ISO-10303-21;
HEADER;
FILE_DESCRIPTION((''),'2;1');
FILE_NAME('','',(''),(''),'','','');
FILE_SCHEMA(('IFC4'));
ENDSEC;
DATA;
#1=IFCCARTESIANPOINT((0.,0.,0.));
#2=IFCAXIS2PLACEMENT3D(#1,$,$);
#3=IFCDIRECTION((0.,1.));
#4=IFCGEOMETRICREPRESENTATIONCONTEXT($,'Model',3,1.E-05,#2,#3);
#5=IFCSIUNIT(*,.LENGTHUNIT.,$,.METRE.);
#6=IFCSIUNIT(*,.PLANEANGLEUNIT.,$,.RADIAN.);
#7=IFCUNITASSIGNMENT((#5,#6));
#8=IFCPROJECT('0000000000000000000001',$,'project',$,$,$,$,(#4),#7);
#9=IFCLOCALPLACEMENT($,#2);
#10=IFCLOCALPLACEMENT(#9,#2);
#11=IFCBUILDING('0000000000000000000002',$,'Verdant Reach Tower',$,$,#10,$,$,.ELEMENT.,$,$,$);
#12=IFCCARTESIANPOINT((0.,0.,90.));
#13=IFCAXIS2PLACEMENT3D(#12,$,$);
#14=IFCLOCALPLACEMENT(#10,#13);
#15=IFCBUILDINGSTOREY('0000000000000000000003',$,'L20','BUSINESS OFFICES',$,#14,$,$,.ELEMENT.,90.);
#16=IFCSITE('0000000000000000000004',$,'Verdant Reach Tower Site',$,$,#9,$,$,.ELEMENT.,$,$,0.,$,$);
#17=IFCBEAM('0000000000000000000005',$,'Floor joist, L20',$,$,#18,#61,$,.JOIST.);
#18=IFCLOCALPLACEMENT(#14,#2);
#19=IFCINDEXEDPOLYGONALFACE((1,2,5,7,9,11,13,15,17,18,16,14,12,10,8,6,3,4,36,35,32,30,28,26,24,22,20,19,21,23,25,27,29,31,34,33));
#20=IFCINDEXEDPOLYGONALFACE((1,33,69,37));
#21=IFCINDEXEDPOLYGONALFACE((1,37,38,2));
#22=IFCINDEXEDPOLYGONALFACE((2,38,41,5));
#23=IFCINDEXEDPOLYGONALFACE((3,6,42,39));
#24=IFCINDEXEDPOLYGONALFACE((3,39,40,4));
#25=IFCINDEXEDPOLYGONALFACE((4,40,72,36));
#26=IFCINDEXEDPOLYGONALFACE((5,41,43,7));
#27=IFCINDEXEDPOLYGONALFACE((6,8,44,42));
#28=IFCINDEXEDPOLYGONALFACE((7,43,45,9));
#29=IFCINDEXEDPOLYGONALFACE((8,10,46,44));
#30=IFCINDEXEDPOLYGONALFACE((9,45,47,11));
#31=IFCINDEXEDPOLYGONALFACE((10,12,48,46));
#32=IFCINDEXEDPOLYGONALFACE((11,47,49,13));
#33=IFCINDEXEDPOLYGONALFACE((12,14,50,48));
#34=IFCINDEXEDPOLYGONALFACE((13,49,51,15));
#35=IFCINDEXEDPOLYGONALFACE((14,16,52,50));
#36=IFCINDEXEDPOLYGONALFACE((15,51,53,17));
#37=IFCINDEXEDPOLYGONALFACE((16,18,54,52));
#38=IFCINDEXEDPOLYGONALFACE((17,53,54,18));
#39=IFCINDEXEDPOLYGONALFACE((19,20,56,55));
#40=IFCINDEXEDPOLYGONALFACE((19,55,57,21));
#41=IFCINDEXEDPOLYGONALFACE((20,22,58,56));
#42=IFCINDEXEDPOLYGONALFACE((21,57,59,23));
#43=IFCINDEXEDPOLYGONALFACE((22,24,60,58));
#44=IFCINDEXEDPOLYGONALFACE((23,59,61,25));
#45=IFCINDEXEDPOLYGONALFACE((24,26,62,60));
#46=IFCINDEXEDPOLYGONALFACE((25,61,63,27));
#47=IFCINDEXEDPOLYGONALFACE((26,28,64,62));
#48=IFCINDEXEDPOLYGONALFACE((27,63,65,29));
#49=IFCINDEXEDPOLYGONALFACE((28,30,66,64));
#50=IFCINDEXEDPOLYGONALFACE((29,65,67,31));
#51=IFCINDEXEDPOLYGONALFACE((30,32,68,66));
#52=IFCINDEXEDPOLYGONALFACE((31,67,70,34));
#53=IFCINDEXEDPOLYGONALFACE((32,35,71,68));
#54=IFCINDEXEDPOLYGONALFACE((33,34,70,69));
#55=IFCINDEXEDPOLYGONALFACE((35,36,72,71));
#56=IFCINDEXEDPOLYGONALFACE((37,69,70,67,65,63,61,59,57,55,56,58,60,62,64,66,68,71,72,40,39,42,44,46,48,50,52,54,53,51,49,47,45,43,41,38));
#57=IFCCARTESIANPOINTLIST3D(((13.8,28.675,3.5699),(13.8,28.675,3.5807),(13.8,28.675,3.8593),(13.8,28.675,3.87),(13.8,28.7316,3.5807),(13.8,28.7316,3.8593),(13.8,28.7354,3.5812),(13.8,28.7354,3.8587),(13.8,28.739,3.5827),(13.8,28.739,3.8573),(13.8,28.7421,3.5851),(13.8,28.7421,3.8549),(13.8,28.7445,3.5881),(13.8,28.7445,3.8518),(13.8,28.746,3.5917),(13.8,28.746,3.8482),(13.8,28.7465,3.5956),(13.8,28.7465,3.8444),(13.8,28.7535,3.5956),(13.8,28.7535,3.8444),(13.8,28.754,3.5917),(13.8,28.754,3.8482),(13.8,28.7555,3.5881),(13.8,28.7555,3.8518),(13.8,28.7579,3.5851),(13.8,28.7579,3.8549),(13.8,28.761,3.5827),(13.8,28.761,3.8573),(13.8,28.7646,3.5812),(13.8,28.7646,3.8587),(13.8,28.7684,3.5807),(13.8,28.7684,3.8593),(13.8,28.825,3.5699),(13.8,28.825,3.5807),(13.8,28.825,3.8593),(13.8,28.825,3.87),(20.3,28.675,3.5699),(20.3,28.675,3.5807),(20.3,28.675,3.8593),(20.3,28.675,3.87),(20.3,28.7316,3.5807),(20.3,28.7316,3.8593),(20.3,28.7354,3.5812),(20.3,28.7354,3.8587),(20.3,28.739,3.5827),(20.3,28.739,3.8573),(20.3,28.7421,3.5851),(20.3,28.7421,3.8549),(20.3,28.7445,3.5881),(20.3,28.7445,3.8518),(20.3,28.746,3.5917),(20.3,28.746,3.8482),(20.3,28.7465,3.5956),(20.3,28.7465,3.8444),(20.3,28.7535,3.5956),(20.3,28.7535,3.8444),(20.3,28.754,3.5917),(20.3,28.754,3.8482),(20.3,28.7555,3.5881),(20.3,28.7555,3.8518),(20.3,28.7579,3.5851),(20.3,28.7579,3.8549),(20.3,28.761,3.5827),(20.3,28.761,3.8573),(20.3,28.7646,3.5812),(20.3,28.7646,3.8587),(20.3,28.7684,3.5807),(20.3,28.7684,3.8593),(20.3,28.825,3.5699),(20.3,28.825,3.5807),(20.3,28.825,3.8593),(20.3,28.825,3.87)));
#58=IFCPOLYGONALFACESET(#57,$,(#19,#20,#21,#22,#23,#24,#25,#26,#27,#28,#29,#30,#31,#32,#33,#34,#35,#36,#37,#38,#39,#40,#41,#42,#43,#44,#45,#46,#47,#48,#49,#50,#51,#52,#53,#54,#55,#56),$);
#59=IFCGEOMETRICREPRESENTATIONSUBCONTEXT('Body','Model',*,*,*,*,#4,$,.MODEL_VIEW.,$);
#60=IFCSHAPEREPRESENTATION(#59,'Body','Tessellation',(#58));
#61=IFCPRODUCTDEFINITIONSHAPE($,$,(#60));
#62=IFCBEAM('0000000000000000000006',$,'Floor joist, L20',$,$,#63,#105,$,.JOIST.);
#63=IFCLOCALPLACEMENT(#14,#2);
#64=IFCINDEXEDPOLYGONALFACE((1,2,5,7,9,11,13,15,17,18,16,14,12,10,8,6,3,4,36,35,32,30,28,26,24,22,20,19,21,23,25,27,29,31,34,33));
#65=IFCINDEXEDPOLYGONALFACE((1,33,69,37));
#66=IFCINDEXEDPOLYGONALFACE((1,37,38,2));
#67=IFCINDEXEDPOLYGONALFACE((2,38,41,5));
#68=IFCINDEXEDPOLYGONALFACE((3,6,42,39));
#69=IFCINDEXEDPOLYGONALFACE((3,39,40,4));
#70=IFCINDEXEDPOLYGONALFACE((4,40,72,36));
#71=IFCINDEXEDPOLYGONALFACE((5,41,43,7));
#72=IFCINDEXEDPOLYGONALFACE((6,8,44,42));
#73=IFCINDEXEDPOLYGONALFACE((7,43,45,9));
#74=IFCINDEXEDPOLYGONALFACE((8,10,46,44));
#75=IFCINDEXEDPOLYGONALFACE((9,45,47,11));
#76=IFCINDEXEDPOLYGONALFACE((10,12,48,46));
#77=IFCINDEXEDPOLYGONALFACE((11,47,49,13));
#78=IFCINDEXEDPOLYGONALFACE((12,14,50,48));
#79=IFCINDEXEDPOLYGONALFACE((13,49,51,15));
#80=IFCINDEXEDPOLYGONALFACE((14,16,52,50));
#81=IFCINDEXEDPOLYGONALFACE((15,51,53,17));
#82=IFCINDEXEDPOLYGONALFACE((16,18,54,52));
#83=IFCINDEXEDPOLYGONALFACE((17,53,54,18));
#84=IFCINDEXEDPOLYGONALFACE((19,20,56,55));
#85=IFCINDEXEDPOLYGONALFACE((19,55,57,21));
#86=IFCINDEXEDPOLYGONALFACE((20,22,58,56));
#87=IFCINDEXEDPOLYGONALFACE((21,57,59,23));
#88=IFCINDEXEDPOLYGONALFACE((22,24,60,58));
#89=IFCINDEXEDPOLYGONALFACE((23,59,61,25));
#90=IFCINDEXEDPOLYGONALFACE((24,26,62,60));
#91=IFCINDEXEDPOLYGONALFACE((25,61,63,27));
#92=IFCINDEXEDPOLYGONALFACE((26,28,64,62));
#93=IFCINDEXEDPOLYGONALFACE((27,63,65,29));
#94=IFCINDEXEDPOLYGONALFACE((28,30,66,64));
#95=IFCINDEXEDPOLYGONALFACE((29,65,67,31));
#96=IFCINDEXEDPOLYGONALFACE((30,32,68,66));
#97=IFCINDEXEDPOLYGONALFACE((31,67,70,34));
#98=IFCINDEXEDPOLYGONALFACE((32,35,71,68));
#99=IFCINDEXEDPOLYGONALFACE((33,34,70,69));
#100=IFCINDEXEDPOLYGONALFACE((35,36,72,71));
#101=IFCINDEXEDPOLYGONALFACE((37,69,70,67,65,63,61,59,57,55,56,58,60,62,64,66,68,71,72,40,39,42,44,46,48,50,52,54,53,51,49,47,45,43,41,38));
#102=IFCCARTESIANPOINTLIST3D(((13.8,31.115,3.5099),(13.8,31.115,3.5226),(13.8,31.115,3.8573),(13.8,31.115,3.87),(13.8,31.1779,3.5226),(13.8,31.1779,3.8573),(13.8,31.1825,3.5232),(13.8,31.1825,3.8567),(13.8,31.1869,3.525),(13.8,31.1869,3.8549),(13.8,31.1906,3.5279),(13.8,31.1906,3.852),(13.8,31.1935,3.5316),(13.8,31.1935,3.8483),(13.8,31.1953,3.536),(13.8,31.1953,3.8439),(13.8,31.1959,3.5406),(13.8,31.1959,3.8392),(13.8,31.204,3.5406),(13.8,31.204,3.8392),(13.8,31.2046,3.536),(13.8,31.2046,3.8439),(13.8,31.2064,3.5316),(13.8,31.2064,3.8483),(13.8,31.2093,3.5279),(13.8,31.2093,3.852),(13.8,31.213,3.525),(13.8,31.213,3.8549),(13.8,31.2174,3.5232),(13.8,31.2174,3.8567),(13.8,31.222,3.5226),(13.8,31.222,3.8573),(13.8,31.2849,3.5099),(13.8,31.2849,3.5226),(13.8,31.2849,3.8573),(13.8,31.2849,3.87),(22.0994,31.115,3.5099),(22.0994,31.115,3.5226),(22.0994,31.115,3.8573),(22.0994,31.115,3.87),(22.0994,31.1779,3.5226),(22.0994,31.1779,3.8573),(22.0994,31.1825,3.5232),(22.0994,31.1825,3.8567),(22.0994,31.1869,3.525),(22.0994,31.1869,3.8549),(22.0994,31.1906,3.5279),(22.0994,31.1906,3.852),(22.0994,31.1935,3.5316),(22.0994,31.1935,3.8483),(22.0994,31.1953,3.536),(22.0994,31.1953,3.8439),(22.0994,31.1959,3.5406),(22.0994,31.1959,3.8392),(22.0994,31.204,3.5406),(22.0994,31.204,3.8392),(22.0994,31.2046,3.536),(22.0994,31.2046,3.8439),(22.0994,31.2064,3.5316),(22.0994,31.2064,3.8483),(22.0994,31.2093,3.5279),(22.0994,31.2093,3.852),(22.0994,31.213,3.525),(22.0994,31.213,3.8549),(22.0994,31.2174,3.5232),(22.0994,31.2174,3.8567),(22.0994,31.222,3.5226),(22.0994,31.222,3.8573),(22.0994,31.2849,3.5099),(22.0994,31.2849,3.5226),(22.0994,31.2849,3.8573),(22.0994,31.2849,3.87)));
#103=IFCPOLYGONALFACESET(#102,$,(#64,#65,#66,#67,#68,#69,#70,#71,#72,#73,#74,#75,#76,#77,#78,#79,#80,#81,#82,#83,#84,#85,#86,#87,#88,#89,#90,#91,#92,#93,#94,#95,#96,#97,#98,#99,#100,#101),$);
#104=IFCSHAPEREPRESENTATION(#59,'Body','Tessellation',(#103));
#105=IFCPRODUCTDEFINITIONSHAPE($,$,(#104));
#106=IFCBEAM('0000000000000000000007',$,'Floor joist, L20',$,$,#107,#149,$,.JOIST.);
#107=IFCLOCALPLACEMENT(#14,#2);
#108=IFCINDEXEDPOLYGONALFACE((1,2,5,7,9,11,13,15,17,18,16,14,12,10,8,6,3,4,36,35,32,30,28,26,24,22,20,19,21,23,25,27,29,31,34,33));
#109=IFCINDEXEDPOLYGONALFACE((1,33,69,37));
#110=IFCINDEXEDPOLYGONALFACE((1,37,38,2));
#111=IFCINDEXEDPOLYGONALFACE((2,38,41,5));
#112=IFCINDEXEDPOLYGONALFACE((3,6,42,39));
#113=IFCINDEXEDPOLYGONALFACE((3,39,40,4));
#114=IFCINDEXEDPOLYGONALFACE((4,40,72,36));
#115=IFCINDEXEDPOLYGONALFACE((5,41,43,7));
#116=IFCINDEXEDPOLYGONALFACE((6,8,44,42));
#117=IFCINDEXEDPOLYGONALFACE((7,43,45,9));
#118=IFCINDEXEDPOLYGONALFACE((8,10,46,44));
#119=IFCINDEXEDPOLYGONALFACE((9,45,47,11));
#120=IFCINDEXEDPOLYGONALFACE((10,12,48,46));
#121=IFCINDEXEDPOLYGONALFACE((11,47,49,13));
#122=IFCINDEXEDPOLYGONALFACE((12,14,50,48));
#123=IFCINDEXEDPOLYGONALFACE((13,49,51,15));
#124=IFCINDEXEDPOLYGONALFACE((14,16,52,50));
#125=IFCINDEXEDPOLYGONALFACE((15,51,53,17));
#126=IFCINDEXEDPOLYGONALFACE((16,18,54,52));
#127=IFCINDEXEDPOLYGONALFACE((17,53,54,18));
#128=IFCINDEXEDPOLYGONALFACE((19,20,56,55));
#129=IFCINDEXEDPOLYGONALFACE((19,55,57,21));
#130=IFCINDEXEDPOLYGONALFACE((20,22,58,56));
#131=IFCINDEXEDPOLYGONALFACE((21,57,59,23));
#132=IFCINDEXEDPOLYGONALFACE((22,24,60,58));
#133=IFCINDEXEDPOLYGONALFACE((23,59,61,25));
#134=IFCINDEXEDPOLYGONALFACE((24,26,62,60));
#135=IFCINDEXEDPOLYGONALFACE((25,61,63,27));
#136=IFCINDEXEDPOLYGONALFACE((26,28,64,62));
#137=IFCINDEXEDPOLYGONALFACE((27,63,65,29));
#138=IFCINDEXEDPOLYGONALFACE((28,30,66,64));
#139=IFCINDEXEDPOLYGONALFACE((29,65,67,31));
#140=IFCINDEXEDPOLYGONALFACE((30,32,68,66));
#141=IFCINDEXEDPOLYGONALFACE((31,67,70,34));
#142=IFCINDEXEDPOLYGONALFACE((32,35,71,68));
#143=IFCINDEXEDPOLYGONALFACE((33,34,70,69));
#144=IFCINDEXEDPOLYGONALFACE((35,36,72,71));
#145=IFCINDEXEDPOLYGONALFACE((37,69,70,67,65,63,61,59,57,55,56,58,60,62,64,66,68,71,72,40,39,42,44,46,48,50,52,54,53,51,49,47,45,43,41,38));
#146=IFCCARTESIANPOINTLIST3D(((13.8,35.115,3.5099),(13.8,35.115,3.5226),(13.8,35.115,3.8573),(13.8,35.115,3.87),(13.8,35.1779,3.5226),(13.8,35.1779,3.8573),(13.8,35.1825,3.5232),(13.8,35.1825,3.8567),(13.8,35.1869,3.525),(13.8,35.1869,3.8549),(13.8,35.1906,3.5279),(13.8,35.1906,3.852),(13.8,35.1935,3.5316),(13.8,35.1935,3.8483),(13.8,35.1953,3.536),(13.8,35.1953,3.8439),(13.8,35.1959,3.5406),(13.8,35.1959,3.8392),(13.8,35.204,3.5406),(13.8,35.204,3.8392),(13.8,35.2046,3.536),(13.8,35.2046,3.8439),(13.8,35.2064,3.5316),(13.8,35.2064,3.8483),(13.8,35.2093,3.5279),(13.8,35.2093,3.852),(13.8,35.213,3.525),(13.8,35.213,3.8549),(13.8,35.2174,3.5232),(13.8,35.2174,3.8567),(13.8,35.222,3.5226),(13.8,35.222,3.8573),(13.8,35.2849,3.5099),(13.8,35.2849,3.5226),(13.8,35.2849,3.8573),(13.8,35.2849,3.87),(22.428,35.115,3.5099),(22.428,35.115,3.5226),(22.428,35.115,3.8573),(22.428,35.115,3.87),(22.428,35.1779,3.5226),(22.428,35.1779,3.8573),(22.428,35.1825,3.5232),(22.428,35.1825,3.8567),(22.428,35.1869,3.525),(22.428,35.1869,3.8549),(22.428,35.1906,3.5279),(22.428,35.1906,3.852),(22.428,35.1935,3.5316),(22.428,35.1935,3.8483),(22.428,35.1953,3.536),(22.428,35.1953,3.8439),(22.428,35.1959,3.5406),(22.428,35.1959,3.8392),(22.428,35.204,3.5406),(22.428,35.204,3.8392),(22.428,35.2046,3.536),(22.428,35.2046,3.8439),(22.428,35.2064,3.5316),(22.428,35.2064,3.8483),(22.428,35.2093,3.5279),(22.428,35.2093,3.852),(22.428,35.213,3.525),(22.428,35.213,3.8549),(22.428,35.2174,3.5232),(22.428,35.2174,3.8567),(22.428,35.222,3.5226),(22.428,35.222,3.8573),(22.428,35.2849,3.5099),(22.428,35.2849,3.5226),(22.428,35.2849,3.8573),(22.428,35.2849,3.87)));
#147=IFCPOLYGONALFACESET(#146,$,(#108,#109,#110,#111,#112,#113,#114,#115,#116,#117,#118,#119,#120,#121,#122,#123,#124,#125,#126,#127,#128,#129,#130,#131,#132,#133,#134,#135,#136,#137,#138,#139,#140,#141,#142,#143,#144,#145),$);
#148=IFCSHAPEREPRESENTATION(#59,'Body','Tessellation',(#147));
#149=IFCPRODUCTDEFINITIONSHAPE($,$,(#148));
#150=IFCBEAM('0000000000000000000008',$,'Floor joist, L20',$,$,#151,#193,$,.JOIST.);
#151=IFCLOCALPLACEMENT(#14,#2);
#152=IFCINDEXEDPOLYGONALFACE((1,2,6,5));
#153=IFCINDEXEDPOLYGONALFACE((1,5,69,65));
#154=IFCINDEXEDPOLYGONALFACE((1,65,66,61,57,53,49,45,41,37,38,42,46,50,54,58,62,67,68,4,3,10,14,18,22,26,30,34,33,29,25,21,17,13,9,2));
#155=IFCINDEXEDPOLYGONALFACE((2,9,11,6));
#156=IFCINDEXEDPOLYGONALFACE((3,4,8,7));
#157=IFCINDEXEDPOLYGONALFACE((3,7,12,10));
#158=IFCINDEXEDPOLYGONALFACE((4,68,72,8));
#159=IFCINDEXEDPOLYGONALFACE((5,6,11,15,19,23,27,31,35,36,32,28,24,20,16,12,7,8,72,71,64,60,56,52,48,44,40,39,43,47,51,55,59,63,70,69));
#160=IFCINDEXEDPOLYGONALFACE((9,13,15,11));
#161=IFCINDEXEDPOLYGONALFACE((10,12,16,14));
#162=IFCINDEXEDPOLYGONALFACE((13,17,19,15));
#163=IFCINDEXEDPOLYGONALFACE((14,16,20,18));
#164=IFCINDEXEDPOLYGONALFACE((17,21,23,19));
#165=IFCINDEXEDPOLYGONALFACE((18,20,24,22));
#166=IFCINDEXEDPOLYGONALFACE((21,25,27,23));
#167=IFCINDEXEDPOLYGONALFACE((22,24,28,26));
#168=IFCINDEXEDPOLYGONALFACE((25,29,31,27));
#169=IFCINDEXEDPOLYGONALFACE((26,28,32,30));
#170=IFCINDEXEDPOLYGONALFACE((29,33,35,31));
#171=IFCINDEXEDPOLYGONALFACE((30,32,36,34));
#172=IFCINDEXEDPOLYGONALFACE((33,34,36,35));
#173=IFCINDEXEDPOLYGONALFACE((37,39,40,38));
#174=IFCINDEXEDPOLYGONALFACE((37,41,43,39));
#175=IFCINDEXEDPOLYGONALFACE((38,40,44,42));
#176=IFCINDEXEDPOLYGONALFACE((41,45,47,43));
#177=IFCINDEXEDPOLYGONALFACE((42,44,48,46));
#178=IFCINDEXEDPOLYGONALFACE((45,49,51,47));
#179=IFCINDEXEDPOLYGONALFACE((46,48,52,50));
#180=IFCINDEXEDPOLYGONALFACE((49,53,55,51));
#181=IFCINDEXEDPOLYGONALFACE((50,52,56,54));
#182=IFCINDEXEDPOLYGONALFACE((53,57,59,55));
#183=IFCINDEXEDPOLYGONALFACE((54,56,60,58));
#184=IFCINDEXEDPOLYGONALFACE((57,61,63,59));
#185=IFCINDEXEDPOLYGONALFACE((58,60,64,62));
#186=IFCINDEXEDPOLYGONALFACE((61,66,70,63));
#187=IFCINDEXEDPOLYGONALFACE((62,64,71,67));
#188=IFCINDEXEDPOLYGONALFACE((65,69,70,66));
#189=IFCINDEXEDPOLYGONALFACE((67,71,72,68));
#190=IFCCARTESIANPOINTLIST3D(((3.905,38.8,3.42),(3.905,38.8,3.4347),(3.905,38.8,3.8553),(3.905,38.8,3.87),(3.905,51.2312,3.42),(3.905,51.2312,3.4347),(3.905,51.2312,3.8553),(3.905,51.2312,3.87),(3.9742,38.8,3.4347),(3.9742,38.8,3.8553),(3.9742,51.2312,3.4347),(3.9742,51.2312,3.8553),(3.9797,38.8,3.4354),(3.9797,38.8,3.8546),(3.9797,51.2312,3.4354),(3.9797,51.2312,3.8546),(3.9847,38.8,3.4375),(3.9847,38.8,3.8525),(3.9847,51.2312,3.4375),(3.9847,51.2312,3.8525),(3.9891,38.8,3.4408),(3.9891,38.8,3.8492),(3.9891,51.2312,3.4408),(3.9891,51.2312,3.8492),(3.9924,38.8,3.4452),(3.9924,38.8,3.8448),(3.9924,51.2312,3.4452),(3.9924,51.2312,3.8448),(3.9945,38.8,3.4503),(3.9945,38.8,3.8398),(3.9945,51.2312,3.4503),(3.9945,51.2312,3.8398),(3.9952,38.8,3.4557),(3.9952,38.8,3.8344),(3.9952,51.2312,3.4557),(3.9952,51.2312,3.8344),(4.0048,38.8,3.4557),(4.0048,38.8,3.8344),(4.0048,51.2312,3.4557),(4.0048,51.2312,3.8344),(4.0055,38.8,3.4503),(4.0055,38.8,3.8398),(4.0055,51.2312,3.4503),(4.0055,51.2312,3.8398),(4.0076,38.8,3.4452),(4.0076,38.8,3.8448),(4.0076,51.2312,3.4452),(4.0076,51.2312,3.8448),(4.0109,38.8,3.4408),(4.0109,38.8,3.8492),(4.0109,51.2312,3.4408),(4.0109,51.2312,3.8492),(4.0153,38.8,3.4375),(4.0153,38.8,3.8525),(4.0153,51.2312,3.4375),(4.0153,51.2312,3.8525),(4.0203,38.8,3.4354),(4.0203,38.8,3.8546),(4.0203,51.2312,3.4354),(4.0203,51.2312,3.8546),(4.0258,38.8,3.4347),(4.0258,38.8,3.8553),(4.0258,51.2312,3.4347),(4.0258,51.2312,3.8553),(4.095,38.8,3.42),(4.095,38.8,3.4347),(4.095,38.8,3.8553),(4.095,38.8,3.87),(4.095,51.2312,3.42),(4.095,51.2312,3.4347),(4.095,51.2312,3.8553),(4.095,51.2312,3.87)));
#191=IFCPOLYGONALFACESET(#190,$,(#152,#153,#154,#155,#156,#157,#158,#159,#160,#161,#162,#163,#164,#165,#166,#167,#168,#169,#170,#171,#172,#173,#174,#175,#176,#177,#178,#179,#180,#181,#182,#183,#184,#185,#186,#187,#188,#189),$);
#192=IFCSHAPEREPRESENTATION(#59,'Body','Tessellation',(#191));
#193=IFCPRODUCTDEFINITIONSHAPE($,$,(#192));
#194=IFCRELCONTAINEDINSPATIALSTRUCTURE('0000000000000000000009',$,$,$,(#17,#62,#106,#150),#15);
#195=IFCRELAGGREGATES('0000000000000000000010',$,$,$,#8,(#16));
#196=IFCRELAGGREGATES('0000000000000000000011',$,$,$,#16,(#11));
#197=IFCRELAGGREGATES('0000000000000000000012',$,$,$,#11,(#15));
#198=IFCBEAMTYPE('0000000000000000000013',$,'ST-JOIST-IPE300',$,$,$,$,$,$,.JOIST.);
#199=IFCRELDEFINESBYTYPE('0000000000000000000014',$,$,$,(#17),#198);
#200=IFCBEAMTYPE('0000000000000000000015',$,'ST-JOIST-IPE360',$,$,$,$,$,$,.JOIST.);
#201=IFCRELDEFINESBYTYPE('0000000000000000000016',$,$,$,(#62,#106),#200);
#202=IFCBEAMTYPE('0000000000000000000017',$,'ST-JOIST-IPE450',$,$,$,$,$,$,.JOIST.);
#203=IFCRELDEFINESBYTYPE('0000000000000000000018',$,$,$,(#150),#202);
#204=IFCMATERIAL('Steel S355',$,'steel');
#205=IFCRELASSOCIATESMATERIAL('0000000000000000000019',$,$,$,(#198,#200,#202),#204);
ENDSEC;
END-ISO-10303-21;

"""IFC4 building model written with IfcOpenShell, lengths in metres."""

from ifc_helpers import new_model, si_unit, direction, frame, origin, origin_2d, place, context, subcontext, project, spatial, i_section, extrude, material, material_profile, profile_set, type_object, element, save


model = new_model("IFC4")

# Units and contexts
model_context = context("Model", 3, precision=1e-05, world=origin(), true_north=direction((0.0, 1.0)))
body_context = subcontext(model_context, "Body", "Model", "MODEL_VIEW")
ifc_project = project(units=[si_unit("LENGTHUNIT", "METRE"), si_unit("PLANEANGLEUNIT", "RADIAN")], contexts=[model_context])

# Site, building, storey
site_placement = place(None, origin())
site = spatial("IfcSite", under=ifc_project, at=site_placement, Name="Verdant Reach Tower Site", CompositionType="ELEMENT", RefElevation=0.0)
building_placement = place(site_placement, origin())
building = spatial("IfcBuilding", under=site, at=building_placement, Name="Verdant Reach Tower", CompositionType="ELEMENT")
storey_placement = place(building_placement, frame((0.0, 0.0, 90.0)))
storey = spatial("IfcBuildingStorey", under=building, at=storey_placement, Name="L20", Description="BUSINESS OFFICES", CompositionType="ELEMENT", Elevation=90.0)

# Beams
ifc_material_1 = material(Name="Steel S355", Category="steel")
ifc_material_profile_1 = material_profile(ifc_material_1, i_section(OverallWidth=0.1499, OverallDepth=0.3, WebThickness=0.0071, FlangeThickness=0.0107, FilletRadius=0.0149, at=origin_2d()), Name="IPE 300")
ifc_profile_set_1 = profile_set([ifc_material_profile_1], Name="Steel S355")
beam_type_1 = type_object("IfcBeamType", Name="ST-JOIST-IPE300", PredefinedType="JOIST", material=ifc_profile_set_1)
beam_1_placement = place(storey_placement, frame((13.8, 28.75, 3.72), z_axis=(1.0, 0.0, 0.0), x_axis=(0.0, 1.0, 0.0)))
element("IfcBeam", 1, at=beam_1_placement, inside=storey, type_object=beam_type_1, Name="Floor joist, L20", PredefinedType="JOIST", context=body_context, shape_type="SweptSolid", body=[
    extrude(i_section(OverallWidth=0.1499, OverallDepth=0.3, WebThickness=0.0071, FlangeThickness=0.0107, FilletRadius=0.0149, at=origin_2d()), origin(), (0.0, 0.0, 1.0), 6.5),
])
ifc_material_profile_2 = material_profile(ifc_material_1, i_section(OverallWidth=0.1699, OverallDepth=0.3601, WebThickness=0.0081, FlangeThickness=0.0127, FilletRadius=0.0181, at=origin_2d()), Name="IPE 360")
ifc_profile_set_2 = profile_set([ifc_material_profile_2], Name="Steel S355")
beam_type_2 = type_object("IfcBeamType", Name="ST-JOIST-IPE360", PredefinedType="JOIST", material=ifc_profile_set_2)
beam_2_placement = place(storey_placement, frame((13.8, 31.2, 3.6899), z_axis=(1.0, 0.0, 0.0), x_axis=(0.0, 1.0, 0.0)))
element("IfcBeam", 2, at=beam_2_placement, inside=storey, type_object=beam_type_2, Name="Floor joist, L20", PredefinedType="JOIST", context=body_context, shape_type="SweptSolid", body=[
    extrude(i_section(OverallWidth=0.1699, OverallDepth=0.3601, WebThickness=0.0081, FlangeThickness=0.0127, FilletRadius=0.0181, at=origin_2d()), origin(), (0.0, 0.0, 1.0), 8.2993),
])
beam_3_placement = place(storey_placement, frame((13.8, 35.2, 3.6899), z_axis=(1.0, 0.0, 0.0), x_axis=(0.0, 1.0, 0.0)))
element("IfcBeam", 3, at=beam_3_placement, inside=storey, type_object=beam_type_2, Name="Floor joist, L20", PredefinedType="JOIST", context=body_context, shape_type="SweptSolid", body=[
    extrude(i_section(OverallWidth=0.1699, OverallDepth=0.3601, WebThickness=0.0081, FlangeThickness=0.0127, FilletRadius=0.0181, at=origin_2d()), origin(), (0.0, 0.0, 1.0), 8.6279),
])
ifc_material_profile_3 = material_profile(ifc_material_1, i_section(OverallWidth=0.1899, OverallDepth=0.45, WebThickness=0.0095, FlangeThickness=0.0146, FilletRadius=0.021, at=origin_2d()), Name="IPE 450")
ifc_profile_set_3 = profile_set([ifc_material_profile_3], Name="Steel S355")
beam_type_3 = type_object("IfcBeamType", Name="ST-JOIST-IPE450", PredefinedType="JOIST", material=ifc_profile_set_3)
beam_4_placement = place(storey_placement, frame((4.0, 38.8, 3.645), z_axis=(0.0, 1.0, 0.0), x_axis=(-1.0, 0.0, 0.0)))
element("IfcBeam", 4, at=beam_4_placement, inside=storey, type_object=beam_type_3, Name="Floor joist, L20", PredefinedType="JOIST", context=body_context, shape_type="SweptSolid", body=[
    extrude(i_section(OverallWidth=0.1899, OverallDepth=0.45, WebThickness=0.0095, FlangeThickness=0.0146, FilletRadius=0.021, at=origin_2d()), origin(), (0.0, 0.0, 1.0), 12.4312),
])

save(model, "model.ifc")
